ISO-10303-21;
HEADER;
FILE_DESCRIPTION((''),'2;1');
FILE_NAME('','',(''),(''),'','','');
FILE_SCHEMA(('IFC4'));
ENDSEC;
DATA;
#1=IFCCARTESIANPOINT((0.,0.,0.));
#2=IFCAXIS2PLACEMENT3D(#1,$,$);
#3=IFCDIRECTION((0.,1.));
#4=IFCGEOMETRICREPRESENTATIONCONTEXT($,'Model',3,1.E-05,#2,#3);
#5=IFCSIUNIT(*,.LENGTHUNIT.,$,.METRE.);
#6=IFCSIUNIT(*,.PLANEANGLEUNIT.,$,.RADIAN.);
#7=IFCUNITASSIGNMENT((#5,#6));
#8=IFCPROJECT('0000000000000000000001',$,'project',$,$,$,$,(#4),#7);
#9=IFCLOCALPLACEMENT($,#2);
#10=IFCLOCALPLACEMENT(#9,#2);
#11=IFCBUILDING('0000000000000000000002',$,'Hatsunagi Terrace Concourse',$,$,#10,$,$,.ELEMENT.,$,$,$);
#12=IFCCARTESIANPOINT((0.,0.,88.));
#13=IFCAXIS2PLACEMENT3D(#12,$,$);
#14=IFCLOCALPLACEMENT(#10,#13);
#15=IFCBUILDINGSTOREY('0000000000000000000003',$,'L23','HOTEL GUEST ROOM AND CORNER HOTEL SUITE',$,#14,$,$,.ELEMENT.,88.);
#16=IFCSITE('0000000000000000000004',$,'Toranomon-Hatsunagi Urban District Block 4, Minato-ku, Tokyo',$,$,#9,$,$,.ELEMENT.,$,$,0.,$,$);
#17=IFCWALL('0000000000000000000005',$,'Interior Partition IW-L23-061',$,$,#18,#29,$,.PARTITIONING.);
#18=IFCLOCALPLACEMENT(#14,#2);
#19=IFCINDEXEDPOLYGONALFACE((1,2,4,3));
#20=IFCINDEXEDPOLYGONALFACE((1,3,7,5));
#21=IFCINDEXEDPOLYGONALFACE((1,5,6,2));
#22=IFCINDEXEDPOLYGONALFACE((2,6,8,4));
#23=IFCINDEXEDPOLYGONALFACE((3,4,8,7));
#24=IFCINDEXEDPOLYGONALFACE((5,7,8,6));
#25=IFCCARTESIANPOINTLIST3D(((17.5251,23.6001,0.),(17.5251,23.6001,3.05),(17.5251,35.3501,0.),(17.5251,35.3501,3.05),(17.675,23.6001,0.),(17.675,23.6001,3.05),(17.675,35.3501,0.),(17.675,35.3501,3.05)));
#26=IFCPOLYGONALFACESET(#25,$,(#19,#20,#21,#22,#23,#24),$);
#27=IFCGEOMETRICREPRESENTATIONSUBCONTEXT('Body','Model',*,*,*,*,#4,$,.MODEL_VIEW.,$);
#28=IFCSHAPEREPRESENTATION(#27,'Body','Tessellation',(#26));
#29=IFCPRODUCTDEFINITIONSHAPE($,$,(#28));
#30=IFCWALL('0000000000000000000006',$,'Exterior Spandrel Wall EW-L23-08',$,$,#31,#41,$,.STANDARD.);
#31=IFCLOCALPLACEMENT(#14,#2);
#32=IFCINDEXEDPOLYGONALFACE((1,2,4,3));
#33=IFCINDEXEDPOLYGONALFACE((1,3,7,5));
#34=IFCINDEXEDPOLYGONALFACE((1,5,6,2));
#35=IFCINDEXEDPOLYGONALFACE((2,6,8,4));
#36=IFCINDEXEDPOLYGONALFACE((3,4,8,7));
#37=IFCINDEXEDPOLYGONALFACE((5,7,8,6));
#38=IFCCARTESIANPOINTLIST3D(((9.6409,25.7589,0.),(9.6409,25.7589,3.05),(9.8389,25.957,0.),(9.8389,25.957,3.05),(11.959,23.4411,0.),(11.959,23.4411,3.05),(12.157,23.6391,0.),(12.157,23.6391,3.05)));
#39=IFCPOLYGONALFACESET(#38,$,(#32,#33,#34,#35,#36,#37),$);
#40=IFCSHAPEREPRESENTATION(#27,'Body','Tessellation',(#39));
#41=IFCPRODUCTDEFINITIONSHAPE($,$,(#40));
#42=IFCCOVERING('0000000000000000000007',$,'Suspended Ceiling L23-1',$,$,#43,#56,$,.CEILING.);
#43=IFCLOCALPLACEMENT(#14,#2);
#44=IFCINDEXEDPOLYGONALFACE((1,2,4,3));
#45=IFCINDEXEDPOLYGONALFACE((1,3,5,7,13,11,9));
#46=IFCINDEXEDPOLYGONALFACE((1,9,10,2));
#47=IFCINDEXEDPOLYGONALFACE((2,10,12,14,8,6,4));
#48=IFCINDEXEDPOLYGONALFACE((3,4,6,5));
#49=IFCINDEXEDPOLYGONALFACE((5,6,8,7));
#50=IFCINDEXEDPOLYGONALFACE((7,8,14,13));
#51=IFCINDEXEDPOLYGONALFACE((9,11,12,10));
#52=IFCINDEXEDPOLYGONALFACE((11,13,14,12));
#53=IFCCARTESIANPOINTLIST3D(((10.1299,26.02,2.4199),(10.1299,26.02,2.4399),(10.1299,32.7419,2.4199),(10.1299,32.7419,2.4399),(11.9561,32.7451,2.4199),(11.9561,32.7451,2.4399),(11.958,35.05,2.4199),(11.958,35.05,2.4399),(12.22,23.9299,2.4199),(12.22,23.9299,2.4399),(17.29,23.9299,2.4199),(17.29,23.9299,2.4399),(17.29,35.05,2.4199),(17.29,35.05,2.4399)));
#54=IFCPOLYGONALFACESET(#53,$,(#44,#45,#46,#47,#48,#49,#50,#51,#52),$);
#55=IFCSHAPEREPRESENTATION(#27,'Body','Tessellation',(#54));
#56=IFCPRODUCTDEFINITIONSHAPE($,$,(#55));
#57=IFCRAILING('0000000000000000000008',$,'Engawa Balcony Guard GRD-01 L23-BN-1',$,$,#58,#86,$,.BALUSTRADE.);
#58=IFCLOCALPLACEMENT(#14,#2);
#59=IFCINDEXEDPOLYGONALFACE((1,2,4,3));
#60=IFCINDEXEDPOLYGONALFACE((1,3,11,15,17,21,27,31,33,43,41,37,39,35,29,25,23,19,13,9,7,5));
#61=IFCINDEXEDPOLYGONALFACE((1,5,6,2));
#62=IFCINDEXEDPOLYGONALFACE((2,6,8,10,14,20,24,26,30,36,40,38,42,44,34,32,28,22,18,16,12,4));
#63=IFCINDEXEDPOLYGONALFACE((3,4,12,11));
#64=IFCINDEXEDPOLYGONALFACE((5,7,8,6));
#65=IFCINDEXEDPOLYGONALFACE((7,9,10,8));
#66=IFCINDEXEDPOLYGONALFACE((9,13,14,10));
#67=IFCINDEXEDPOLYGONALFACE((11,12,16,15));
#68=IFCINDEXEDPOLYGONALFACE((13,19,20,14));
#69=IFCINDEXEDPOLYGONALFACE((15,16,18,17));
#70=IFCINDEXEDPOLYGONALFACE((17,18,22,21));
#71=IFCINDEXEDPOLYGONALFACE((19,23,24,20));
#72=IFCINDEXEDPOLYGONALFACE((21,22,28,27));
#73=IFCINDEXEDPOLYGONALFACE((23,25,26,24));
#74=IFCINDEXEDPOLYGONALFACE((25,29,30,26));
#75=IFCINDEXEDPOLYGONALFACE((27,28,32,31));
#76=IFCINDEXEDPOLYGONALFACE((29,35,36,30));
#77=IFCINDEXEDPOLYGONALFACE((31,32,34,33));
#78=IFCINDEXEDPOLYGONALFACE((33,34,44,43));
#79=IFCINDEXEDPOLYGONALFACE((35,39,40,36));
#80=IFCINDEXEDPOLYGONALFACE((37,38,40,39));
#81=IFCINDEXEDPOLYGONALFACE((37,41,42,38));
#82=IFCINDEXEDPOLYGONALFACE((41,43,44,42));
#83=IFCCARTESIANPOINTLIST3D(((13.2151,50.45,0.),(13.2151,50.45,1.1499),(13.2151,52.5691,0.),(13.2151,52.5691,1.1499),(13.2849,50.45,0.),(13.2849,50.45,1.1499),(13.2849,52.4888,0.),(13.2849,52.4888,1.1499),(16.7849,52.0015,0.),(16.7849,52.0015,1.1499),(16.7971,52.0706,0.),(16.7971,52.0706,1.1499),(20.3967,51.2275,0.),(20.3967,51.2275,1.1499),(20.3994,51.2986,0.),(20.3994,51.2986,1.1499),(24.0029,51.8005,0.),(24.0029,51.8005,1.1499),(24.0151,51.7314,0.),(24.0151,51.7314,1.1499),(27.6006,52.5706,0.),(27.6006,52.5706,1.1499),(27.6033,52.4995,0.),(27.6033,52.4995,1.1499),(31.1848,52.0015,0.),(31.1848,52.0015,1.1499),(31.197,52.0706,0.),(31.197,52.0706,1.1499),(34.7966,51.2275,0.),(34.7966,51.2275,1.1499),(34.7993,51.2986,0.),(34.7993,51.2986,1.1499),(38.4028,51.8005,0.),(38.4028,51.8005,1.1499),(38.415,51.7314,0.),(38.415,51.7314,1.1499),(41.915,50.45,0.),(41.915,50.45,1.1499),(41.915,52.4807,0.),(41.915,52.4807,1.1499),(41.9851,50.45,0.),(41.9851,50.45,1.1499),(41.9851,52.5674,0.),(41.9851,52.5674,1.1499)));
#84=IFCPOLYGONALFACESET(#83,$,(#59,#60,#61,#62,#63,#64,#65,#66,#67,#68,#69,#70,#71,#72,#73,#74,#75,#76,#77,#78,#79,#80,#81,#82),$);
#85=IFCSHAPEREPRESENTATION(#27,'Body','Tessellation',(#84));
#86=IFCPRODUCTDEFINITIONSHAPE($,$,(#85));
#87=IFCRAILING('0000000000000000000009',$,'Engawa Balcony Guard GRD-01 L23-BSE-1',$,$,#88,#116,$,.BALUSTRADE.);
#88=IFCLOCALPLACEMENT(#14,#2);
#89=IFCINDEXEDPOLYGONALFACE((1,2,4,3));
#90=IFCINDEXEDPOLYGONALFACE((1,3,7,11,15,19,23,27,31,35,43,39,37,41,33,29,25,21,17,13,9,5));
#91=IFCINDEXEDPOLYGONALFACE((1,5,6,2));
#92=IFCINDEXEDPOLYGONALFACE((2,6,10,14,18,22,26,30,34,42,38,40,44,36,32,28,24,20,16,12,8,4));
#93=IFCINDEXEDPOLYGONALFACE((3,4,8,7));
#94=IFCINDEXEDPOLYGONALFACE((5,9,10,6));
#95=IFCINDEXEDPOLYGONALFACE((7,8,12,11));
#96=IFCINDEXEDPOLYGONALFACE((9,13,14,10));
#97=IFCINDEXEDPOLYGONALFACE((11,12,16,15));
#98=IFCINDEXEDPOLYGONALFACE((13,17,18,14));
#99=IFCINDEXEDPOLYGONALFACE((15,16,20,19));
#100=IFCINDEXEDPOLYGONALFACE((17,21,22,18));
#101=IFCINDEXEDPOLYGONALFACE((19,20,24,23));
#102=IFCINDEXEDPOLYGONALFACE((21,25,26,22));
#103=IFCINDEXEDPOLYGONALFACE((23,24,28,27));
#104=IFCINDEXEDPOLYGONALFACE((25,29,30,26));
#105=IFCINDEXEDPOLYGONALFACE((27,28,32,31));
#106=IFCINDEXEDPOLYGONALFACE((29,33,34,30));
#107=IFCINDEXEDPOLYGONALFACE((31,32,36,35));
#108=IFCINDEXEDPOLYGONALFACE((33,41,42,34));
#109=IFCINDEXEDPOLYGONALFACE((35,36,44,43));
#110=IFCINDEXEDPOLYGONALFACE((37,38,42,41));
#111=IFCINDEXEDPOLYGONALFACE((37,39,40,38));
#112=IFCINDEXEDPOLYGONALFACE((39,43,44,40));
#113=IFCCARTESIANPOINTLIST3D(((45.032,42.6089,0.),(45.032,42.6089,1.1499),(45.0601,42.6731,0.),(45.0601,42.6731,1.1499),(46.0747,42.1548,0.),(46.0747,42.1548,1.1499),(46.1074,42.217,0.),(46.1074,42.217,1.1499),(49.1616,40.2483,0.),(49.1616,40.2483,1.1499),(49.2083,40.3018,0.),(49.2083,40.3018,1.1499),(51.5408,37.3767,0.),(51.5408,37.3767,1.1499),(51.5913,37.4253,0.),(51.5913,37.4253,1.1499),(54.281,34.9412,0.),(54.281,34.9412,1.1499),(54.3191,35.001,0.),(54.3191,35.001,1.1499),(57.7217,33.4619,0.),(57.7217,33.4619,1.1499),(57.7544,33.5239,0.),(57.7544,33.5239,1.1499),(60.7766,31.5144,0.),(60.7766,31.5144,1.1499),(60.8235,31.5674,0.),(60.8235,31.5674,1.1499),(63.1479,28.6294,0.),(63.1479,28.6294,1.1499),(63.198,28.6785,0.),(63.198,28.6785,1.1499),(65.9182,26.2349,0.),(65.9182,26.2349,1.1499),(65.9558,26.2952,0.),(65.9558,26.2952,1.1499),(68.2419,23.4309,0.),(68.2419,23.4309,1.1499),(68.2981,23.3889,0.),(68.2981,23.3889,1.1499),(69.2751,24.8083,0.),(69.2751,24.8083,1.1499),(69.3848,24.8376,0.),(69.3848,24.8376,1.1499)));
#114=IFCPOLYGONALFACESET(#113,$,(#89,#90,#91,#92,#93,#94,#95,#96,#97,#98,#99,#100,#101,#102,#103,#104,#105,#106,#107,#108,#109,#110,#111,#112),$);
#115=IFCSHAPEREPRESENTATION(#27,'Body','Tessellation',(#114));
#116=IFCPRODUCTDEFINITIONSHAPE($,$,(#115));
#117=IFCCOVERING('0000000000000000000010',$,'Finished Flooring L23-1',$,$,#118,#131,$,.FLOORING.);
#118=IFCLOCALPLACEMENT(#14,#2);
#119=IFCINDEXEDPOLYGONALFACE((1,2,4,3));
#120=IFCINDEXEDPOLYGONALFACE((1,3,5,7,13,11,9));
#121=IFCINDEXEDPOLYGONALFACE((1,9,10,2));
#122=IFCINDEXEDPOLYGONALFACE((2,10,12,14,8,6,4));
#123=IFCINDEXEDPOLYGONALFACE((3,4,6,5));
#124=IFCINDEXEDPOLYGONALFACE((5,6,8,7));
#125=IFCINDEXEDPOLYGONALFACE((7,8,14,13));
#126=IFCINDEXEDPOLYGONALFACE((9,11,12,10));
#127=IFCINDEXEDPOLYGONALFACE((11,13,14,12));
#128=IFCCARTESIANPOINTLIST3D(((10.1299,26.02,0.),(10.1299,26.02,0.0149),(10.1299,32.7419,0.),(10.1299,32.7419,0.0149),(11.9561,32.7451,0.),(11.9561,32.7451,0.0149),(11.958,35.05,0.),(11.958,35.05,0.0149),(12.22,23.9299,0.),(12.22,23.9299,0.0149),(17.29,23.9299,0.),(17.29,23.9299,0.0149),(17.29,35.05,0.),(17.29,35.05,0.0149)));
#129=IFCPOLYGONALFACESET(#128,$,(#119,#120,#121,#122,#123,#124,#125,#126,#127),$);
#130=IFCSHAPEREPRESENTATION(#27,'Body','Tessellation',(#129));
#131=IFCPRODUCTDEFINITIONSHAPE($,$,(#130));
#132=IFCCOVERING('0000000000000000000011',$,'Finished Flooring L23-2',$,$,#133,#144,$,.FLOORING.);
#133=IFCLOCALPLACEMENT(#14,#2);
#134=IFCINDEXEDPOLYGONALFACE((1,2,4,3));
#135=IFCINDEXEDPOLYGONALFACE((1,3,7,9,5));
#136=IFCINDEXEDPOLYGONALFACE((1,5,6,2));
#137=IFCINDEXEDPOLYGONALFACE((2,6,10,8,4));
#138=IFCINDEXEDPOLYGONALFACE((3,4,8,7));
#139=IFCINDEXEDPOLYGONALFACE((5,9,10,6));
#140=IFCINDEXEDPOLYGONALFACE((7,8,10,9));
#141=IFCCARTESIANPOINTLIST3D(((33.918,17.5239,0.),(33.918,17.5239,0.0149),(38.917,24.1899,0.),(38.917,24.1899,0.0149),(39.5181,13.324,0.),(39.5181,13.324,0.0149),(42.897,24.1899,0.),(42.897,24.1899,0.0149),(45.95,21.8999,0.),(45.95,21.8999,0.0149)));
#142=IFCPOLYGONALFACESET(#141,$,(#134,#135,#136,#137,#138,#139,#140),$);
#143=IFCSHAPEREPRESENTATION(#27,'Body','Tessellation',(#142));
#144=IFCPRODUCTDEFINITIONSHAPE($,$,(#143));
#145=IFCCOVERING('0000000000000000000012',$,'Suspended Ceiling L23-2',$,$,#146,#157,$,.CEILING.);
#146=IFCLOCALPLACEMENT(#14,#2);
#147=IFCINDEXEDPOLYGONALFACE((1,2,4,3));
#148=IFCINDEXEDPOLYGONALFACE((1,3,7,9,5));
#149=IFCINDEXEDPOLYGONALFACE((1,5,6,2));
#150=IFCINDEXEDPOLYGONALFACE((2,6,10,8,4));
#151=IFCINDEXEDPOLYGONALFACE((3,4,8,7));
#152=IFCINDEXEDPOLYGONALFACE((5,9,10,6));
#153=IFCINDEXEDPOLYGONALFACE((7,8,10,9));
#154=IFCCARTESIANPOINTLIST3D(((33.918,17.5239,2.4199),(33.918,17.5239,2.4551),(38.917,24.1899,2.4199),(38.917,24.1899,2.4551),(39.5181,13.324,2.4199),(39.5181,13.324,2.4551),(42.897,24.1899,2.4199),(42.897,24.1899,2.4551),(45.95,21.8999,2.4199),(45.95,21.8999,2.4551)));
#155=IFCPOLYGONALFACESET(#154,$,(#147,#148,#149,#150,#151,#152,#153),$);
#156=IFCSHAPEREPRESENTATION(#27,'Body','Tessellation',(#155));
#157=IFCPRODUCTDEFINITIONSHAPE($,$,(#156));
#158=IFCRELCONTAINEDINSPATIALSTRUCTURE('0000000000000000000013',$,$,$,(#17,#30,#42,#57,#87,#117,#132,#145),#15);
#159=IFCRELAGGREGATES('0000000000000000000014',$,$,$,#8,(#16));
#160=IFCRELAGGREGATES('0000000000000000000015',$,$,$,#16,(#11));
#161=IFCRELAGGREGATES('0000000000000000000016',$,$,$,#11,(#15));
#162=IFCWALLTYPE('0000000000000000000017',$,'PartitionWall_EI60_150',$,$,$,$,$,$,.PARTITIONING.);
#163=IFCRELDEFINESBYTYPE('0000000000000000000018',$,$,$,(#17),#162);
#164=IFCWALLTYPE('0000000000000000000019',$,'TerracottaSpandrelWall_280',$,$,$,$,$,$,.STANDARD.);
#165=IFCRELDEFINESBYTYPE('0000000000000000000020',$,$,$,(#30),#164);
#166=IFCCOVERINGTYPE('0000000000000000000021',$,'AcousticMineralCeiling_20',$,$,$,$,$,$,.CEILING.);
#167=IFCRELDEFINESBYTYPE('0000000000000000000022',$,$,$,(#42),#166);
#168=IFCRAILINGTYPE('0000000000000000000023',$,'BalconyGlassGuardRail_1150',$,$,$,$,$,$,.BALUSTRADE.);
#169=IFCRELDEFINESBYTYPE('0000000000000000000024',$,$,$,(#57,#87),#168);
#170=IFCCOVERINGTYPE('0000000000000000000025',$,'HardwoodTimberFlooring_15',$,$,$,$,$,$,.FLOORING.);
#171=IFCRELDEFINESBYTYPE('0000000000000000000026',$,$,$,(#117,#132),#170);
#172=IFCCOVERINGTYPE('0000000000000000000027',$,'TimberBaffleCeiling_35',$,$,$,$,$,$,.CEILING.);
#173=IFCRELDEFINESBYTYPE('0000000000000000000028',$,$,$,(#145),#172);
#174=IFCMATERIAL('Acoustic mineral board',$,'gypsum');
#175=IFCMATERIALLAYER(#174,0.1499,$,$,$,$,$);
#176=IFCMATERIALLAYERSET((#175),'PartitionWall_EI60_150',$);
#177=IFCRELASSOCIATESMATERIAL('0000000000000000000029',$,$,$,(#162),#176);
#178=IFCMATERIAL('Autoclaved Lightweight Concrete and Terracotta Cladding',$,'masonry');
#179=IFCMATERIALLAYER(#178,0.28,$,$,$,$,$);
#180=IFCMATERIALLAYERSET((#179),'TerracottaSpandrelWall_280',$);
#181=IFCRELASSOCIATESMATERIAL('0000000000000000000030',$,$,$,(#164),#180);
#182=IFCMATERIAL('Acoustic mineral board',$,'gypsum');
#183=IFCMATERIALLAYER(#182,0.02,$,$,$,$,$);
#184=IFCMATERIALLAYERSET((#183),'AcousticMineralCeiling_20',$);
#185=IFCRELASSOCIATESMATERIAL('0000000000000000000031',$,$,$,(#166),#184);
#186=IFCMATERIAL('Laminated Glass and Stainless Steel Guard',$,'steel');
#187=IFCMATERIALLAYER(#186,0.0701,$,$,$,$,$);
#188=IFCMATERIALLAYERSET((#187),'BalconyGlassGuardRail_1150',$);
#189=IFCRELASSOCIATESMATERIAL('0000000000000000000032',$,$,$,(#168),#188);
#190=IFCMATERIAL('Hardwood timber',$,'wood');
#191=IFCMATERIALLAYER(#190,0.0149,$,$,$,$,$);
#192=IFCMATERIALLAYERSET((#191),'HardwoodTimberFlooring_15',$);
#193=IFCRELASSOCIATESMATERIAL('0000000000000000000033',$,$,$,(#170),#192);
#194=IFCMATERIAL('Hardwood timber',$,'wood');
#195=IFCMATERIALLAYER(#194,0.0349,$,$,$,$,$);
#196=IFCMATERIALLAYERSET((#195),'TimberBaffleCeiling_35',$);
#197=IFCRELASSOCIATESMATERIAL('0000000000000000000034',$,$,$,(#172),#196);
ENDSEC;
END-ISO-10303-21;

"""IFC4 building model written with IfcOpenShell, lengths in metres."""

from ifc_helpers import new_model, si_unit, direction, frame, frame_2d, origin, place, context, subcontext, project, spatial, polyline, rectangle, outline, extrude, material, layer, layer_set, type_object, element, save


model = new_model("IFC4")

# Units and contexts
model_context = context("Model", 3, precision=1e-05, world=origin(), true_north=direction((0.0, 1.0)))
body_context = subcontext(model_context, "Body", "Model", "MODEL_VIEW")
ifc_project = project(units=[si_unit("LENGTHUNIT", "METRE"), si_unit("PLANEANGLEUNIT", "RADIAN")], contexts=[model_context])

# Site, building, storey
site_placement = place(None, origin())
site = spatial("IfcSite", under=ifc_project, at=site_placement, Name="Toranomon-Hatsunagi Urban District Block 4, Minato-ku, Tokyo", CompositionType="ELEMENT", RefElevation=0.0)
building_placement = place(site_placement, origin())
building = spatial("IfcBuilding", under=site, at=building_placement, Name="Hatsunagi Terrace Concourse", CompositionType="ELEMENT")
storey_placement = place(building_placement, frame((0.0, 0.0, 88.0)))
storey = spatial("IfcBuildingStorey", under=building, at=storey_placement, Name="L23", Description="HOTEL GUEST ROOM AND CORNER HOTEL SUITE", CompositionType="ELEMENT", Elevation=88.0)

# Walls
ifc_material_1 = material(Name="Acoustic mineral board", Category="gypsum")
ifc_layer_1 = layer(ifc_material_1, 0.1499)
ifc_layer_set_1 = layer_set([ifc_layer_1], Name="PartitionWall_EI60_150")
wall_type_1 = type_object("IfcWallType", Name="PartitionWall_EI60_150", PredefinedType="PARTITIONING", material=ifc_layer_set_1)
wall_1_placement = place(storey_placement, frame((17.6001, 23.6001, 0.0), z_axis=(0.0, 0.0, 1.0), x_axis=(0.0, 1.0, 0.0)))
element("IfcWall", 1, at=wall_1_placement, inside=storey, type_object=wall_type_1, Name="Interior Partition IW-L23-061", PredefinedType="PARTITIONING", context=body_context, shape_type="SweptSolid", body=[
    extrude(rectangle(XDim=11.75, YDim=0.1499, at=frame_2d((5.875, 0.0))), origin(), (0.0, 0.0, 1.0), 3.05),
])
ifc_material_2 = material(Name="Autoclaved Lightweight Concrete and Terracotta Cladding", Category="masonry")
ifc_layer_2 = layer(ifc_material_2, 0.28)
ifc_layer_set_2 = layer_set([ifc_layer_2], Name="TerracottaSpandrelWall_280")
wall_type_2 = type_object("IfcWallType", Name="TerracottaSpandrelWall_280", PredefinedType="STANDARD", material=ifc_layer_set_2)
wall_2_placement = place(storey_placement, frame((12.0581, 23.54, 0.0), z_axis=(0.0, 0.0, 1.0), x_axis=(-0.707144, 0.70707, 0.0)))
element("IfcWall", 2, at=wall_2_placement, inside=storey, type_object=wall_type_2, Name="Exterior Spandrel Wall EW-L23-08", PredefinedType="STANDARD", context=body_context, shape_type="SweptSolid", body=[
    extrude(rectangle(XDim=3.2781, YDim=0.28, at=frame_2d((1.6392, 0.0))), origin(), (0.0, 0.0, 1.0), 3.05),
])

# Covering
ifc_material_3 = material(Name="Acoustic mineral board", Category="gypsum")
ifc_layer_3 = layer(ifc_material_3, 0.02)
ifc_layer_set_3 = layer_set([ifc_layer_3], Name="AcousticMineralCeiling_20")
covering_type_1 = type_object("IfcCoveringType", Name="AcousticMineralCeiling_20", PredefinedType="CEILING", material=ifc_layer_set_3)
covering_1_placement = place(storey_placement, frame((0.0, 0.0, 2.4199)))
element("IfcCovering", 3, at=covering_1_placement, inside=storey, type_object=covering_type_1, Name="Suspended Ceiling L23-1", PredefinedType="CEILING", context=body_context, shape_type="SweptSolid", body=[
    extrude(outline(polyline([(12.22, 23.9299), (17.29, 23.9299), (17.29, 35.05), (11.958, 35.05), (11.9561, 32.7451), (10.1299, 32.7419), (10.1299, 26.02), (12.22, 23.9299)])), origin(), (0.0, 0.0, 1.0), 0.02),
])

# Railings
ifc_material_4 = material(Name="Laminated Glass and Stainless Steel Guard", Category="steel")
ifc_layer_4 = layer(ifc_material_4, 0.0701)
ifc_layer_set_4 = layer_set([ifc_layer_4], Name="BalconyGlassGuardRail_1150")
railing_type = type_object("IfcRailingType", Name="BalconyGlassGuardRail_1150", PredefinedType="BALUSTRADE", material=ifc_layer_set_4)
railing_1_placement = place(storey_placement, origin())
element("IfcRailing", 4, at=railing_1_placement, inside=storey, type_object=railing_type, Name="Engawa Balcony Guard GRD-01 L23-BN-1", PredefinedType="BALUSTRADE", context=body_context, shape_type="SweptSolid", body=[
    extrude(outline(polyline([(13.2151, 50.45), (13.2849, 50.45), (13.2849, 52.4888), (16.7849, 52.0015), (20.3967, 51.2275), (24.0151, 51.7314), (27.6033, 52.4995), (31.1848, 52.0015), (34.7966, 51.2275), (38.415, 51.7314), (41.915, 52.4807), (41.915, 50.45), (41.9851, 50.45), (41.9851, 52.5674), (38.4028, 51.8005), (34.7993, 51.2986), (31.197, 52.0706), (27.6006, 52.5706), (24.0029, 51.8005), (20.3994, 51.2986), (16.7971, 52.0706), (13.2151, 52.5691), (13.2151, 50.45)])), origin(), (0.0, 0.0, 1.0), 1.1499),
])
railing_2_placement = place(storey_placement, origin())
element("IfcRailing", 5, at=railing_2_placement, inside=storey, type_object=railing_type, Name="Engawa Balcony Guard GRD-01 L23-BSE-1", PredefinedType="BALUSTRADE", context=body_context, shape_type="SweptSolid", body=[
    extrude(outline(polyline([(45.0601, 42.6731), (45.032, 42.6089), (46.0747, 42.1548), (49.1616, 40.2483), (51.5408, 37.3767), (54.281, 34.9412), (57.7217, 33.4619), (60.7766, 31.5144), (63.1479, 28.6294), (65.9182, 26.2349), (69.2751, 24.8083), (68.2419, 23.4309), (68.2981, 23.3889), (69.3848, 24.8376), (65.9558, 26.2952), (63.198, 28.6785), (60.8235, 31.5674), (57.7544, 33.5239), (54.3191, 35.001), (51.5913, 37.4253), (49.2083, 40.3018), (46.1074, 42.217), (45.0601, 42.6731)])), origin(), (0.0, 0.0, 1.0), 1.1499),
])

# Coverings
ifc_material_5 = material(Name="Hardwood timber", Category="wood")
ifc_layer_5 = layer(ifc_material_5, 0.0149)
ifc_layer_set_5 = layer_set([ifc_layer_5], Name="HardwoodTimberFlooring_15")
covering_type_2 = type_object("IfcCoveringType", Name="HardwoodTimberFlooring_15", PredefinedType="FLOORING", material=ifc_layer_set_5)
covering_2_placement = place(storey_placement, origin())
element("IfcCovering", 6, at=covering_2_placement, inside=storey, type_object=covering_type_2, Name="Finished Flooring L23-1", PredefinedType="FLOORING", context=body_context, shape_type="SweptSolid", body=[
    extrude(outline(polyline([(12.22, 23.9299), (17.29, 23.9299), (17.29, 35.05), (11.958, 35.05), (11.9561, 32.7451), (10.1299, 32.7419), (10.1299, 26.02), (12.22, 23.9299)])), origin(), (0.0, 0.0, 1.0), 0.0149),
])
covering_3_placement = place(storey_placement, origin())
element("IfcCovering", 7, at=covering_3_placement, inside=storey, type_object=covering_type_2, Name="Finished Flooring L23-2", PredefinedType="FLOORING", context=body_context, shape_type="SweptSolid", body=[
    extrude(outline(polyline([(39.5181, 13.324), (45.95, 21.8999), (42.897, 24.1899), (38.917, 24.1899), (33.918, 17.5239), (39.5181, 13.324)])), origin(), (0.0, 0.0, 1.0), 0.0149),
])
ifc_material_6 = material(Name="Hardwood timber", Category="wood")
ifc_layer_6 = layer(ifc_material_6, 0.0349)
ifc_layer_set_6 = layer_set([ifc_layer_6], Name="TimberBaffleCeiling_35")
covering_type_3 = type_object("IfcCoveringType", Name="TimberBaffleCeiling_35", PredefinedType="CEILING", material=ifc_layer_set_6)
covering_4_placement = place(storey_placement, frame((0.0, 0.0, 2.4199)))
element("IfcCovering", 8, at=covering_4_placement, inside=storey, type_object=covering_type_3, Name="Suspended Ceiling L23-2", PredefinedType="CEILING", context=body_context, shape_type="SweptSolid", body=[
    extrude(outline(polyline([(39.5181, 13.324), (45.95, 21.8999), (42.897, 24.1899), (38.917, 24.1899), (33.918, 17.5239), (39.5181, 13.324)])), origin(), (0.0, 0.0, 1.0), 0.0352),
])

save(model, "model.ifc")
